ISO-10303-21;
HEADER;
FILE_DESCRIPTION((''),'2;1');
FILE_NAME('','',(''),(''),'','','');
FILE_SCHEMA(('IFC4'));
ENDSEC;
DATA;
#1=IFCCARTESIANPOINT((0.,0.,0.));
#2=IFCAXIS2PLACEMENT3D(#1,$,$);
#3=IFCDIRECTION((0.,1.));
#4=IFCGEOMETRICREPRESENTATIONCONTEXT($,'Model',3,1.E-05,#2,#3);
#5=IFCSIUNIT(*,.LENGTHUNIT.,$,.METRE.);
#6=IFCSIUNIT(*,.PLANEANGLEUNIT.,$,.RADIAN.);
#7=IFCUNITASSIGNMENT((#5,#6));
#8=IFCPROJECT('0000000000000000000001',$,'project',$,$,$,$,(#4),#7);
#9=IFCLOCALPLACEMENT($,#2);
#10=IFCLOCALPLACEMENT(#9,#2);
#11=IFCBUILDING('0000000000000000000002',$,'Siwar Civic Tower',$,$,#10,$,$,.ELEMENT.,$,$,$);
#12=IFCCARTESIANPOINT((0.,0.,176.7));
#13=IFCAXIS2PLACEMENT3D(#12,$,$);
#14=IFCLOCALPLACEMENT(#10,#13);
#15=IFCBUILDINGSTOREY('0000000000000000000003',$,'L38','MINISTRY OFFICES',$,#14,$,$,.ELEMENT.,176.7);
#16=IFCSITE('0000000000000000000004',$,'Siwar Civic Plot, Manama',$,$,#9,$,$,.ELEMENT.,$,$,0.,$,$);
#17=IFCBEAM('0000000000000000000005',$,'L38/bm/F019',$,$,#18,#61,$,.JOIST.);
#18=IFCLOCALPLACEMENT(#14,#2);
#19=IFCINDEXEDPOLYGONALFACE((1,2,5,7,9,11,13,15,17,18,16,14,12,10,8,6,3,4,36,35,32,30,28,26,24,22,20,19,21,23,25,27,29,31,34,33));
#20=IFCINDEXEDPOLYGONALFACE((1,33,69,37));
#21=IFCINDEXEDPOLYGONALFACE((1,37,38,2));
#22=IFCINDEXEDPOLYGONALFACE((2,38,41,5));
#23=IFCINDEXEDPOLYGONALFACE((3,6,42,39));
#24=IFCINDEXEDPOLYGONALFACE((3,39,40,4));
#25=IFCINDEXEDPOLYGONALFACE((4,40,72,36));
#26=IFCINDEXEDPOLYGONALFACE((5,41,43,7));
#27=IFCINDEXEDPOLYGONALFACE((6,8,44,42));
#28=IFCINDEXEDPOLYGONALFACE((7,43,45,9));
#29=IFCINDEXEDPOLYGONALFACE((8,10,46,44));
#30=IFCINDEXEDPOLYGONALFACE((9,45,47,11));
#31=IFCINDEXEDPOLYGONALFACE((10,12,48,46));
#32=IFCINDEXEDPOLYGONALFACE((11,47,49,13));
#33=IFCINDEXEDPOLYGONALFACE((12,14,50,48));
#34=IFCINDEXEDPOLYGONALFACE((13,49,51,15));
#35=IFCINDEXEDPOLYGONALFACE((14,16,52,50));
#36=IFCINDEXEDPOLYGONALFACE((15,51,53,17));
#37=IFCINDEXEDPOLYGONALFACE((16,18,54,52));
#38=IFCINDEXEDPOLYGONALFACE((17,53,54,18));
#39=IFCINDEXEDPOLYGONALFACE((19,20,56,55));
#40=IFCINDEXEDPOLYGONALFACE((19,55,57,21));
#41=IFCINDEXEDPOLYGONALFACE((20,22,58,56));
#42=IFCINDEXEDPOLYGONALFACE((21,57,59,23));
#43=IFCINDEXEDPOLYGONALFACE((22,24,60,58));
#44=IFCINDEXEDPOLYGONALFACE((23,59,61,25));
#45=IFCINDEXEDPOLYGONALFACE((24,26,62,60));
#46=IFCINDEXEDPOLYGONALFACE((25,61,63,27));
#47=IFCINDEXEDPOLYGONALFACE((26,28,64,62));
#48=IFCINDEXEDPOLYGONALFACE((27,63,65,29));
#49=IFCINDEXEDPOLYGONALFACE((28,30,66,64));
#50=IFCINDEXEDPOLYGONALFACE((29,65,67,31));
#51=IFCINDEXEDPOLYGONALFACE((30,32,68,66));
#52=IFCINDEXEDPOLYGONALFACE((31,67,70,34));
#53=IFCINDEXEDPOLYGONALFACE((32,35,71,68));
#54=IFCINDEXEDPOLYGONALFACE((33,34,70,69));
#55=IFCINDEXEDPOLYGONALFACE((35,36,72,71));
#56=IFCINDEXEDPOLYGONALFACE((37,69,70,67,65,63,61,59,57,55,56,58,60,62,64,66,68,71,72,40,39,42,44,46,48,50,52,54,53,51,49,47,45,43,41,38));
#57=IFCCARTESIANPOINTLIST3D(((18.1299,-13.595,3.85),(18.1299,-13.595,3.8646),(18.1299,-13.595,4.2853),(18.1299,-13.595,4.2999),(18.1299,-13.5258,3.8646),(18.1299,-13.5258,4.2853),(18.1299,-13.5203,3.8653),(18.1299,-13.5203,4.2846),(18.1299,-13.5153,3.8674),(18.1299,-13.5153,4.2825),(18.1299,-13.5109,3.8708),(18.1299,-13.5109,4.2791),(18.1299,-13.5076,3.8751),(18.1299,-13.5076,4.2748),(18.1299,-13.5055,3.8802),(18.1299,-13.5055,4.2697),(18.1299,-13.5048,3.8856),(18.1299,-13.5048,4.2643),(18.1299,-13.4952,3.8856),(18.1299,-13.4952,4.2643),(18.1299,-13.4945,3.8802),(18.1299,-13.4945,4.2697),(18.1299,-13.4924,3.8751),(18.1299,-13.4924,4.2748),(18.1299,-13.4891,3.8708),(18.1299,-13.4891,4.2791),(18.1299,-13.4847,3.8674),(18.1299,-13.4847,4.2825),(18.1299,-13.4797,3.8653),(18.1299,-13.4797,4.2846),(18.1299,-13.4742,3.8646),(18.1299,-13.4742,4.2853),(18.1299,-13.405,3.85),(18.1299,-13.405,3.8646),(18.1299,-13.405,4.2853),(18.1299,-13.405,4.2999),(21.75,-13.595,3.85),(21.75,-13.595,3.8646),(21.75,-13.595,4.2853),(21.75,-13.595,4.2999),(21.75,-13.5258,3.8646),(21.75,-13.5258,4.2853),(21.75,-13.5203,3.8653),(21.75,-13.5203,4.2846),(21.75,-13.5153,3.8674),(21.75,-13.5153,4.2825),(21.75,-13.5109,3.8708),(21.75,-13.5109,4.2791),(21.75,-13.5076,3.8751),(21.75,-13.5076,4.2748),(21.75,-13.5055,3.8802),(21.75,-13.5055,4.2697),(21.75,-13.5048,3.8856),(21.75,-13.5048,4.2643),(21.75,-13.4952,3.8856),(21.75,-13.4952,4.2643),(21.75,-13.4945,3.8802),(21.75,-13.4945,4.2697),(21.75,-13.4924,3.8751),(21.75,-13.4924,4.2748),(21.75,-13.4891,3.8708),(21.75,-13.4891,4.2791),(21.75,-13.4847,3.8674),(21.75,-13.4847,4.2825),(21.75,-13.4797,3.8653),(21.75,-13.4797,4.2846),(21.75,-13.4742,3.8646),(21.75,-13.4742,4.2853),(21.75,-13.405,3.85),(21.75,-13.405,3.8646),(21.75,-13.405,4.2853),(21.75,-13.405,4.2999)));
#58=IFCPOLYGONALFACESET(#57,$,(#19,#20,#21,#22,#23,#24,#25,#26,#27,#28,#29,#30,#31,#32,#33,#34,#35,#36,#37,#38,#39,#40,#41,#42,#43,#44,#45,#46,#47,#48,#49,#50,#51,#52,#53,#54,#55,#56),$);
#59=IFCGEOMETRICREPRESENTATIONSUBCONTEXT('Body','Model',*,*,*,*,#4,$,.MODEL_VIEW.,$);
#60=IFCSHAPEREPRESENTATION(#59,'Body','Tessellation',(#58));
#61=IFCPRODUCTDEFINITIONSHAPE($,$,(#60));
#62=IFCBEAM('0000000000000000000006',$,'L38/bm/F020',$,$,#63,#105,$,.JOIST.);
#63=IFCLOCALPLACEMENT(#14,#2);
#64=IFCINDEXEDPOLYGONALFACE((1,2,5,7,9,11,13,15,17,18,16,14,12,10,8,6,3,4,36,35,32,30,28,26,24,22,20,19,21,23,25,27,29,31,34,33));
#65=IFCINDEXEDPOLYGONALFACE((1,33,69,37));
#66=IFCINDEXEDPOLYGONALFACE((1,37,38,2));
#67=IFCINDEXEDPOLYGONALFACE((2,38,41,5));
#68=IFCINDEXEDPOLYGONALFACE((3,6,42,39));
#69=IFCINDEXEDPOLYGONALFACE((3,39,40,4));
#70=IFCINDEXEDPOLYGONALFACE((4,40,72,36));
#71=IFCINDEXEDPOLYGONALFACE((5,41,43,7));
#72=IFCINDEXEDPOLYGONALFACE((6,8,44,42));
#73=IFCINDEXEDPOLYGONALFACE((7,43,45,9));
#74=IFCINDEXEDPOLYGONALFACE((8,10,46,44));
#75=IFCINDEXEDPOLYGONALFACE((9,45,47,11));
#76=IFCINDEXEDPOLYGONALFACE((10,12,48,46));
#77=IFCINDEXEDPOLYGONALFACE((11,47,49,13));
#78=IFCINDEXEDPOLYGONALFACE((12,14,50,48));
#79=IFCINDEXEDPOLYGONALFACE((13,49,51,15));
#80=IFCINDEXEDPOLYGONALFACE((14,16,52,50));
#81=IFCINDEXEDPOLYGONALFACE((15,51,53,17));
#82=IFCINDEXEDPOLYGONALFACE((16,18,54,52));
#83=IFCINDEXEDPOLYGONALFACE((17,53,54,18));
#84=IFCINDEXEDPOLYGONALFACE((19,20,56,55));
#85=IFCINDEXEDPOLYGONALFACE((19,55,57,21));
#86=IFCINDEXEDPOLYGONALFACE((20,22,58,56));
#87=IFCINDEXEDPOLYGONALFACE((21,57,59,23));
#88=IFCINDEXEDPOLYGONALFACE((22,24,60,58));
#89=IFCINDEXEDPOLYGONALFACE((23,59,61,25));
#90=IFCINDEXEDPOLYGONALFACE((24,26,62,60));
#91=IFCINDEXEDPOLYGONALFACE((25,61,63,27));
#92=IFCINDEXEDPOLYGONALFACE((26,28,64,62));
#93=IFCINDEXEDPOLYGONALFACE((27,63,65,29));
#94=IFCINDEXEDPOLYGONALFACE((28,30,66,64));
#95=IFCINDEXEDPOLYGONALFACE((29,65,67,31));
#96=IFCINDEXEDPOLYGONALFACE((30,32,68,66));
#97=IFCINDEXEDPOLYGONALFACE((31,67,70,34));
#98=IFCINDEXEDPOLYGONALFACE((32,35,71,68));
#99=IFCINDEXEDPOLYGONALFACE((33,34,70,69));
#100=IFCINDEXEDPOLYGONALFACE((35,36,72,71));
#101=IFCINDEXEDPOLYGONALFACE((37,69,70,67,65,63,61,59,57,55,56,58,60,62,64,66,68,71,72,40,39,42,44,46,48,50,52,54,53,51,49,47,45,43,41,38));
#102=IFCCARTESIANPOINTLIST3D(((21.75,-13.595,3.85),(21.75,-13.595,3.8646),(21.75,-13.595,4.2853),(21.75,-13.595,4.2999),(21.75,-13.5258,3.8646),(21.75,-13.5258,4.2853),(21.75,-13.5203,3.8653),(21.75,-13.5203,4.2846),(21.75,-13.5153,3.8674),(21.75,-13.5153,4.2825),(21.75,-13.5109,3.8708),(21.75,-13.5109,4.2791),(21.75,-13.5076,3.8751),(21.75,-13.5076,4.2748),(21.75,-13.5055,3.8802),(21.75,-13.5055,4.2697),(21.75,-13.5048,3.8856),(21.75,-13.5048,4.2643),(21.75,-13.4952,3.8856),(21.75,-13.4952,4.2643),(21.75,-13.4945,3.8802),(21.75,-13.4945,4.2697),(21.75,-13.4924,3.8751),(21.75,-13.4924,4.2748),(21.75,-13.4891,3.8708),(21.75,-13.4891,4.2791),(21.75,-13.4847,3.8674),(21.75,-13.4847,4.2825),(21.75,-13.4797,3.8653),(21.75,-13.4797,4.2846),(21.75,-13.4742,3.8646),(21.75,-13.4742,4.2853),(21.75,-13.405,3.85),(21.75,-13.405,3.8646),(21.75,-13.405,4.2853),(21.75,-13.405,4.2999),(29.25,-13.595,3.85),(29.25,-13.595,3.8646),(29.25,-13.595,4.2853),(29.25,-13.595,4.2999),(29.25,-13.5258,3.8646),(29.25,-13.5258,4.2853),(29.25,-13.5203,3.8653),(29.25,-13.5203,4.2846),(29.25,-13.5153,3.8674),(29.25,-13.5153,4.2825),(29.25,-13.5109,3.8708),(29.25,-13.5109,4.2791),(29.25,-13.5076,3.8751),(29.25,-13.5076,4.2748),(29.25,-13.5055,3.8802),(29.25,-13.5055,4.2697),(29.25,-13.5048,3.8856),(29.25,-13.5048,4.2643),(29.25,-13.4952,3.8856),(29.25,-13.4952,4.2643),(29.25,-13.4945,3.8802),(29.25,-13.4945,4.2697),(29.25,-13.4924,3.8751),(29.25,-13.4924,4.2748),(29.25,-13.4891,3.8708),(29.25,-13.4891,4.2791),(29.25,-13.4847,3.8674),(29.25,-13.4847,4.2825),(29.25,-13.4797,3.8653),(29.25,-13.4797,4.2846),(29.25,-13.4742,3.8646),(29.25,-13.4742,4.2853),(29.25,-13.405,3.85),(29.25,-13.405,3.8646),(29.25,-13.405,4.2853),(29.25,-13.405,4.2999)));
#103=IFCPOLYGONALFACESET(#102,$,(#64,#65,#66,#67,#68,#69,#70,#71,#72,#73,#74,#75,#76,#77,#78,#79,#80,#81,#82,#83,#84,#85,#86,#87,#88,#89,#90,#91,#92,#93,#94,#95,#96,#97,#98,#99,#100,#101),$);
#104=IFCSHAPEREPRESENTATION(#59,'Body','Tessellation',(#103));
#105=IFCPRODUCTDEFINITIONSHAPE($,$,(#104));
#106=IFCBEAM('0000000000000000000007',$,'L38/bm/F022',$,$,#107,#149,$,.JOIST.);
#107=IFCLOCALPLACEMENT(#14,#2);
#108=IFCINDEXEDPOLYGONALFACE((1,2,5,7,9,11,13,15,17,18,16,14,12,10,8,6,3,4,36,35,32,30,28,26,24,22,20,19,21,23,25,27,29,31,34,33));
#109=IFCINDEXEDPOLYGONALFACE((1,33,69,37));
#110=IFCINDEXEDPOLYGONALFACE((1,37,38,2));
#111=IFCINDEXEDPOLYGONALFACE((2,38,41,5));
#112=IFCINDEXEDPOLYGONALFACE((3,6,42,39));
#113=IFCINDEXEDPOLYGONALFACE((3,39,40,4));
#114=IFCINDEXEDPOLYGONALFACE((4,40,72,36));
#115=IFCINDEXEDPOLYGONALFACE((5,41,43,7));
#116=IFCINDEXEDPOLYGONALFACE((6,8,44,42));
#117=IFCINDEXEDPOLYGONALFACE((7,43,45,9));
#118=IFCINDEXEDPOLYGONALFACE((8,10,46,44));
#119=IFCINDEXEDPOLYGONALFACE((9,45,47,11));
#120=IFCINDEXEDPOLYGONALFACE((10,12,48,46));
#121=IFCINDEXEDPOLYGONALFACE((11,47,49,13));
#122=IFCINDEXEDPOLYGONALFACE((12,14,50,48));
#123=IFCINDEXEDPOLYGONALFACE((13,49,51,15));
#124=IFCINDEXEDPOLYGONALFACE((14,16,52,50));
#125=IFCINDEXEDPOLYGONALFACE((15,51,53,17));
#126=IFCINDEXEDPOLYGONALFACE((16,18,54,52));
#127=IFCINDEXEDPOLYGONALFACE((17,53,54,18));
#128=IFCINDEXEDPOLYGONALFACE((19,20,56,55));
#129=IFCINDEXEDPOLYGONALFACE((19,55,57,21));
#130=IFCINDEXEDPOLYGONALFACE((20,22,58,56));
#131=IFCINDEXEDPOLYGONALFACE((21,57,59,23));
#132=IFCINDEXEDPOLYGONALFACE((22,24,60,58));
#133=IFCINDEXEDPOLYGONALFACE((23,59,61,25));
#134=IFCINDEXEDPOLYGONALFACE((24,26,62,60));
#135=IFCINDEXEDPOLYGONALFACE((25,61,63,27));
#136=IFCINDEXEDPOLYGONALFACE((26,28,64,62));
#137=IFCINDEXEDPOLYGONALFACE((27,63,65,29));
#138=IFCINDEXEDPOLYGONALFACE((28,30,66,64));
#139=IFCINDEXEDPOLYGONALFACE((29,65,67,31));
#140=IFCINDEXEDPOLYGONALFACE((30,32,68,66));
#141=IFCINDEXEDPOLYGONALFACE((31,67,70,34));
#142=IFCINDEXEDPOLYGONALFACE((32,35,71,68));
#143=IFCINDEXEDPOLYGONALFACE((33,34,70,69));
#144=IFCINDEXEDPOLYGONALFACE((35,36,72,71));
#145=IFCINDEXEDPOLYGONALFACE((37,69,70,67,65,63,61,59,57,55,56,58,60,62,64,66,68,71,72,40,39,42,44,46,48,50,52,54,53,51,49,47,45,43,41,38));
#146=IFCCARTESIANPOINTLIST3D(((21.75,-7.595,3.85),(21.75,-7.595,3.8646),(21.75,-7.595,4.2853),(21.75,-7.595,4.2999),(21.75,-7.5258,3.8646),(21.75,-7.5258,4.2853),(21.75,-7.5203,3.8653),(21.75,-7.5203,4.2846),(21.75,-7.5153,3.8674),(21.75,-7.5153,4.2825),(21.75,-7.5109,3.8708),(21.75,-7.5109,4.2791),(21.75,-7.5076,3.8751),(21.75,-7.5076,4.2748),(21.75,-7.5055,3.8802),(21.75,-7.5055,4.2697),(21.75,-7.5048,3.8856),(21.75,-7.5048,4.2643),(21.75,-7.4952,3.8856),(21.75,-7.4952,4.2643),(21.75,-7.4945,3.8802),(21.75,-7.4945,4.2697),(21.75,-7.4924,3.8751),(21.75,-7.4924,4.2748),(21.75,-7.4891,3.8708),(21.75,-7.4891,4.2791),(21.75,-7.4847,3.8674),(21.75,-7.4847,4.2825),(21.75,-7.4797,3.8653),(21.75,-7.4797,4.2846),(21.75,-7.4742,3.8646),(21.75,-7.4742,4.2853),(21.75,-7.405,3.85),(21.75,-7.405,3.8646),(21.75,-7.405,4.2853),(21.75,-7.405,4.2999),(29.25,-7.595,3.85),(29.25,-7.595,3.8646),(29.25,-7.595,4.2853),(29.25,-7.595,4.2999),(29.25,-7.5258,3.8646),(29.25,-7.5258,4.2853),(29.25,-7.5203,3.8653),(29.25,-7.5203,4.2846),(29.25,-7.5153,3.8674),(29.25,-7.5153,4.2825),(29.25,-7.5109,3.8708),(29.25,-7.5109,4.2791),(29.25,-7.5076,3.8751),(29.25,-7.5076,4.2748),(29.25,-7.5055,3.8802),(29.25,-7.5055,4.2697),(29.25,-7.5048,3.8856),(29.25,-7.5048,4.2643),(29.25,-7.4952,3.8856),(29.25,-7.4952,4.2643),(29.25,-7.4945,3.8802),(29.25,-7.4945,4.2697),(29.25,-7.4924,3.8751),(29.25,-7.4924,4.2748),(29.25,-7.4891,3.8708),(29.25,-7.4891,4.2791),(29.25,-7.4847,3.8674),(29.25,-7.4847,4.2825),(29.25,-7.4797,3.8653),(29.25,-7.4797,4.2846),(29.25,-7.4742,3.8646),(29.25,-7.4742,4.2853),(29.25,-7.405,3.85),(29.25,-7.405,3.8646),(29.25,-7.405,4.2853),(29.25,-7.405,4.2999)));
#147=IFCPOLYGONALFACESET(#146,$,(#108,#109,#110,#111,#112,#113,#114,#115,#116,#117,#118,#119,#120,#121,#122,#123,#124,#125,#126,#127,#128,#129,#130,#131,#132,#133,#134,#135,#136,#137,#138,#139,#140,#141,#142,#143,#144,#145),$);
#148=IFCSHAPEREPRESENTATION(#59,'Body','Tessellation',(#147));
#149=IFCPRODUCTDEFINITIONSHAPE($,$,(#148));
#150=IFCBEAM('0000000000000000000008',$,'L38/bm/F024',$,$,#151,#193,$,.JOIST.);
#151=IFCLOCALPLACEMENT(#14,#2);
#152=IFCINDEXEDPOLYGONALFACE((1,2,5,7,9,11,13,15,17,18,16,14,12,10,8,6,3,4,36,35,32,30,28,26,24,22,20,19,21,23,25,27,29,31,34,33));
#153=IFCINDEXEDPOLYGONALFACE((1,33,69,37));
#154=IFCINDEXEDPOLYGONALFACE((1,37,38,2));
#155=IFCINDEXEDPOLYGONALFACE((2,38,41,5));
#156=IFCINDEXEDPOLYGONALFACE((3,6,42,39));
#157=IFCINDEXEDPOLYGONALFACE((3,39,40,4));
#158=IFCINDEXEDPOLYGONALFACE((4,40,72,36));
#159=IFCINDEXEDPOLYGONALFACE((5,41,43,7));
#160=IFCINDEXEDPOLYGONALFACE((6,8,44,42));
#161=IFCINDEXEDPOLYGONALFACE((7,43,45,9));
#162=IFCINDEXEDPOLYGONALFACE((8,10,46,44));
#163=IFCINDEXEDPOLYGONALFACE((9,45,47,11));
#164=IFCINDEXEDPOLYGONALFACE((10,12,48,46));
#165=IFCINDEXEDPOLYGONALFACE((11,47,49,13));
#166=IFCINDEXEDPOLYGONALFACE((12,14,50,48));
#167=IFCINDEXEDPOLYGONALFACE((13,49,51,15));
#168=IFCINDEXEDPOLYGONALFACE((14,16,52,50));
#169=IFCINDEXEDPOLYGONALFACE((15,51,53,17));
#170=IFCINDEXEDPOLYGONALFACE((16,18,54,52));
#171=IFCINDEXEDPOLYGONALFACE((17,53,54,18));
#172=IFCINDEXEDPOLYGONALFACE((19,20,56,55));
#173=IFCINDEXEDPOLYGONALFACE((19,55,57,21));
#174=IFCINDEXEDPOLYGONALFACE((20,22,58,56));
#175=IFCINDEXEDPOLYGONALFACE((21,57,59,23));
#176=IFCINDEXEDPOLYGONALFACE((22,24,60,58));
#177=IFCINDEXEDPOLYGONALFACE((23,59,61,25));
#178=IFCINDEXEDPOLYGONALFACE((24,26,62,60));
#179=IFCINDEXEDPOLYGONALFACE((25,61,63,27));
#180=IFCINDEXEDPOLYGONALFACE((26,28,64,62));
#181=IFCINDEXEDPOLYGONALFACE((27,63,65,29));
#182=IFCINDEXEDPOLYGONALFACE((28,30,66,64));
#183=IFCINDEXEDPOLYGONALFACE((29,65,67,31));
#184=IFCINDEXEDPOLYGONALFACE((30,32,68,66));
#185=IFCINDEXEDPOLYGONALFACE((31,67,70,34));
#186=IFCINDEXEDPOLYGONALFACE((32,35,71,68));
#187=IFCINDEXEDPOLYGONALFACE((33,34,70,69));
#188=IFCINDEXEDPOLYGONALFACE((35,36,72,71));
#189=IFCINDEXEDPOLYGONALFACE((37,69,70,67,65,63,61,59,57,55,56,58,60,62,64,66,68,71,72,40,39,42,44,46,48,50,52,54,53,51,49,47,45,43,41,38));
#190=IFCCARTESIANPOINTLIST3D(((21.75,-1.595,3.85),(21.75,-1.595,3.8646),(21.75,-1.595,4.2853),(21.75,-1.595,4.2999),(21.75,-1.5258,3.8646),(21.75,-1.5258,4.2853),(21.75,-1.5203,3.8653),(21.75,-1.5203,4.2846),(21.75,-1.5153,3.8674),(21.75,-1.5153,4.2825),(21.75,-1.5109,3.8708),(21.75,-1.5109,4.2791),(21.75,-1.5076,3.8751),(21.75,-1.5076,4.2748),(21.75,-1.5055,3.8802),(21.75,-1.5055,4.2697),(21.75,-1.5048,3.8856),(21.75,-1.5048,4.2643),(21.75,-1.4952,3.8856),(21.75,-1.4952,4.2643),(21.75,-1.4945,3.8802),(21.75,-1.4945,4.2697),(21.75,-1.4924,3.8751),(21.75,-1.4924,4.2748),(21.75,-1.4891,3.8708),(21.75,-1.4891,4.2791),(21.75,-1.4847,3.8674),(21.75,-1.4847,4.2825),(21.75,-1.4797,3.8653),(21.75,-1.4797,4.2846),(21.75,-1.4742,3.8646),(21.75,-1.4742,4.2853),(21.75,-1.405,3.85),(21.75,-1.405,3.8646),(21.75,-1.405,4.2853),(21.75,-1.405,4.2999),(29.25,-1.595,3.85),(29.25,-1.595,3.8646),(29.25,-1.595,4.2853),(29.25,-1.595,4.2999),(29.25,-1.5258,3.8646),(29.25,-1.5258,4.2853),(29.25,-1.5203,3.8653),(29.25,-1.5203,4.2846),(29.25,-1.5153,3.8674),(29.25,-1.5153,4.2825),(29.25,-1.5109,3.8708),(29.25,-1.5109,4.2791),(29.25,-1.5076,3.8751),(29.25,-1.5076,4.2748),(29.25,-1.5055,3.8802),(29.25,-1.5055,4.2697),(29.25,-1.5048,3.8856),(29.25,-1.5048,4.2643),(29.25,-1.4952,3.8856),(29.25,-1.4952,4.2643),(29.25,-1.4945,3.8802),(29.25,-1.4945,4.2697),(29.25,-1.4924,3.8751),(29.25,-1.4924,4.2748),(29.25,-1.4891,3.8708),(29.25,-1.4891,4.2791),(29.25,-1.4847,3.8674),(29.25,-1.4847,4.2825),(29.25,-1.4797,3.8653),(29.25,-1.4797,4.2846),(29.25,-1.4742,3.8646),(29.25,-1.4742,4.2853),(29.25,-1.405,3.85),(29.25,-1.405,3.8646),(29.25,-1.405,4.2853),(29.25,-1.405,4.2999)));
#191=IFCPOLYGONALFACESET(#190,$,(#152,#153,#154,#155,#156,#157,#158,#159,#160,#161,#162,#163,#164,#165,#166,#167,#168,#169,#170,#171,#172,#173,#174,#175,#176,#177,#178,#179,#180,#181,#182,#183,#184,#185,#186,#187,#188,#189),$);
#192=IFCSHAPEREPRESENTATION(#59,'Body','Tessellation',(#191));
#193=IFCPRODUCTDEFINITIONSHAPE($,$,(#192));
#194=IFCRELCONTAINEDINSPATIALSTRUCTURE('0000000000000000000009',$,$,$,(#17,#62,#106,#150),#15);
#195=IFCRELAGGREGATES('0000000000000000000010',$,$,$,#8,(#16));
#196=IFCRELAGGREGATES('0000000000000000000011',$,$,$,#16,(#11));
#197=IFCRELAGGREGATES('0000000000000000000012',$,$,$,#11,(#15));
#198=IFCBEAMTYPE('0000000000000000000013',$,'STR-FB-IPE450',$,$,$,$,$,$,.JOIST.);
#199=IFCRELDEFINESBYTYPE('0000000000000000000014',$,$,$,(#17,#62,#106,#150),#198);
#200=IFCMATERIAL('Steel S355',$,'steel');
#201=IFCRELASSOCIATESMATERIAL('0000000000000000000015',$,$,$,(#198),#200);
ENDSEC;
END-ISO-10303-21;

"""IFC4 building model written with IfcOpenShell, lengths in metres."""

from ifc_helpers import new_model, si_unit, direction, frame, origin, origin_2d, place, context, subcontext, project, spatial, i_section, extrude, material, material_profile, profile_set, type_object, element, save


model = new_model("IFC4")

# Units and contexts
model_context = context("Model", 3, precision=1e-05, world=origin(), true_north=direction((0.0, 1.0)))
body_context = subcontext(model_context, "Body", "Model", "MODEL_VIEW")
ifc_project = project(units=[si_unit("LENGTHUNIT", "METRE"), si_unit("PLANEANGLEUNIT", "RADIAN")], contexts=[model_context])

# Site, building, storey
site_placement = place(None, origin())
site = spatial("IfcSite", under=ifc_project, at=site_placement, Name="Siwar Civic Plot, Manama", CompositionType="ELEMENT", RefElevation=0.0)
building_placement = place(site_placement, origin())
building = spatial("IfcBuilding", under=site, at=building_placement, Name="Siwar Civic Tower", CompositionType="ELEMENT")
storey_placement = place(building_placement, frame((0.0, 0.0, 176.7)))
storey = spatial("IfcBuildingStorey", under=building, at=storey_placement, Name="L38", Description="MINISTRY OFFICES", CompositionType="ELEMENT", Elevation=176.7)

# Beams
ifc_material_1 = material(Name="Steel S355", Category="steel")
ifc_material_profile_1 = material_profile(ifc_material_1, i_section(OverallWidth=0.1899, OverallDepth=0.45, WebThickness=0.0095, FlangeThickness=0.0146, FilletRadius=0.021, at=origin_2d()), Name="IPE450")
ifc_profile_set_1 = profile_set([ifc_material_profile_1], Name="Steel S355")
beam_type_1 = type_object("IfcBeamType", Name="STR-FB-IPE450", PredefinedType="JOIST", material=ifc_profile_set_1)
beam_placement = place(storey_placement, frame((18.1299, -13.5, 4.075), z_axis=(1.0, 0.0, 0.0), x_axis=(0.0, 1.0, 0.0)))
element("IfcBeam", 1, at=beam_placement, inside=storey, type_object=beam_type_1, Name="L38/bm/F019", PredefinedType="JOIST", context=body_context, shape_type="SweptSolid", body=[
    extrude(i_section(OverallWidth=0.1899, OverallDepth=0.45, WebThickness=0.0095, FlangeThickness=0.0146, FilletRadius=0.021, at=origin_2d()), origin(), (0.0, 0.0, 1.0), 3.6201),
])
for number, where, z_axis, x_axis, name in (
    (2, (21.75, -13.5, 4.075), (1.0, 0.0, 0.0), (0.0, 1.0, 0.0), "L38/bm/F020"),
    (3, (21.75, -7.5, 4.075), (1.0, 0.0, 0.0), (0.0, 1.0, 0.0), "L38/bm/F022"),
    (4, (21.75, -1.5, 4.075), (1.0, 0.0, 0.0), (0.0, 1.0, 0.0), "L38/bm/F024"),
):
    element("IfcBeam", number, at=place(storey_placement, frame(where, z_axis=z_axis, x_axis=x_axis)), inside=storey, type_object=beam_type_1, Name=name, PredefinedType="JOIST", context=body_context, shape_type="SweptSolid", body=[
        extrude(i_section(OverallWidth=0.1899, OverallDepth=0.45, WebThickness=0.0095, FlangeThickness=0.0146, FilletRadius=0.021, at=origin_2d()), origin(), (0.0, 0.0, 1.0), 7.5),
    ])

save(model, "model.ifc")
